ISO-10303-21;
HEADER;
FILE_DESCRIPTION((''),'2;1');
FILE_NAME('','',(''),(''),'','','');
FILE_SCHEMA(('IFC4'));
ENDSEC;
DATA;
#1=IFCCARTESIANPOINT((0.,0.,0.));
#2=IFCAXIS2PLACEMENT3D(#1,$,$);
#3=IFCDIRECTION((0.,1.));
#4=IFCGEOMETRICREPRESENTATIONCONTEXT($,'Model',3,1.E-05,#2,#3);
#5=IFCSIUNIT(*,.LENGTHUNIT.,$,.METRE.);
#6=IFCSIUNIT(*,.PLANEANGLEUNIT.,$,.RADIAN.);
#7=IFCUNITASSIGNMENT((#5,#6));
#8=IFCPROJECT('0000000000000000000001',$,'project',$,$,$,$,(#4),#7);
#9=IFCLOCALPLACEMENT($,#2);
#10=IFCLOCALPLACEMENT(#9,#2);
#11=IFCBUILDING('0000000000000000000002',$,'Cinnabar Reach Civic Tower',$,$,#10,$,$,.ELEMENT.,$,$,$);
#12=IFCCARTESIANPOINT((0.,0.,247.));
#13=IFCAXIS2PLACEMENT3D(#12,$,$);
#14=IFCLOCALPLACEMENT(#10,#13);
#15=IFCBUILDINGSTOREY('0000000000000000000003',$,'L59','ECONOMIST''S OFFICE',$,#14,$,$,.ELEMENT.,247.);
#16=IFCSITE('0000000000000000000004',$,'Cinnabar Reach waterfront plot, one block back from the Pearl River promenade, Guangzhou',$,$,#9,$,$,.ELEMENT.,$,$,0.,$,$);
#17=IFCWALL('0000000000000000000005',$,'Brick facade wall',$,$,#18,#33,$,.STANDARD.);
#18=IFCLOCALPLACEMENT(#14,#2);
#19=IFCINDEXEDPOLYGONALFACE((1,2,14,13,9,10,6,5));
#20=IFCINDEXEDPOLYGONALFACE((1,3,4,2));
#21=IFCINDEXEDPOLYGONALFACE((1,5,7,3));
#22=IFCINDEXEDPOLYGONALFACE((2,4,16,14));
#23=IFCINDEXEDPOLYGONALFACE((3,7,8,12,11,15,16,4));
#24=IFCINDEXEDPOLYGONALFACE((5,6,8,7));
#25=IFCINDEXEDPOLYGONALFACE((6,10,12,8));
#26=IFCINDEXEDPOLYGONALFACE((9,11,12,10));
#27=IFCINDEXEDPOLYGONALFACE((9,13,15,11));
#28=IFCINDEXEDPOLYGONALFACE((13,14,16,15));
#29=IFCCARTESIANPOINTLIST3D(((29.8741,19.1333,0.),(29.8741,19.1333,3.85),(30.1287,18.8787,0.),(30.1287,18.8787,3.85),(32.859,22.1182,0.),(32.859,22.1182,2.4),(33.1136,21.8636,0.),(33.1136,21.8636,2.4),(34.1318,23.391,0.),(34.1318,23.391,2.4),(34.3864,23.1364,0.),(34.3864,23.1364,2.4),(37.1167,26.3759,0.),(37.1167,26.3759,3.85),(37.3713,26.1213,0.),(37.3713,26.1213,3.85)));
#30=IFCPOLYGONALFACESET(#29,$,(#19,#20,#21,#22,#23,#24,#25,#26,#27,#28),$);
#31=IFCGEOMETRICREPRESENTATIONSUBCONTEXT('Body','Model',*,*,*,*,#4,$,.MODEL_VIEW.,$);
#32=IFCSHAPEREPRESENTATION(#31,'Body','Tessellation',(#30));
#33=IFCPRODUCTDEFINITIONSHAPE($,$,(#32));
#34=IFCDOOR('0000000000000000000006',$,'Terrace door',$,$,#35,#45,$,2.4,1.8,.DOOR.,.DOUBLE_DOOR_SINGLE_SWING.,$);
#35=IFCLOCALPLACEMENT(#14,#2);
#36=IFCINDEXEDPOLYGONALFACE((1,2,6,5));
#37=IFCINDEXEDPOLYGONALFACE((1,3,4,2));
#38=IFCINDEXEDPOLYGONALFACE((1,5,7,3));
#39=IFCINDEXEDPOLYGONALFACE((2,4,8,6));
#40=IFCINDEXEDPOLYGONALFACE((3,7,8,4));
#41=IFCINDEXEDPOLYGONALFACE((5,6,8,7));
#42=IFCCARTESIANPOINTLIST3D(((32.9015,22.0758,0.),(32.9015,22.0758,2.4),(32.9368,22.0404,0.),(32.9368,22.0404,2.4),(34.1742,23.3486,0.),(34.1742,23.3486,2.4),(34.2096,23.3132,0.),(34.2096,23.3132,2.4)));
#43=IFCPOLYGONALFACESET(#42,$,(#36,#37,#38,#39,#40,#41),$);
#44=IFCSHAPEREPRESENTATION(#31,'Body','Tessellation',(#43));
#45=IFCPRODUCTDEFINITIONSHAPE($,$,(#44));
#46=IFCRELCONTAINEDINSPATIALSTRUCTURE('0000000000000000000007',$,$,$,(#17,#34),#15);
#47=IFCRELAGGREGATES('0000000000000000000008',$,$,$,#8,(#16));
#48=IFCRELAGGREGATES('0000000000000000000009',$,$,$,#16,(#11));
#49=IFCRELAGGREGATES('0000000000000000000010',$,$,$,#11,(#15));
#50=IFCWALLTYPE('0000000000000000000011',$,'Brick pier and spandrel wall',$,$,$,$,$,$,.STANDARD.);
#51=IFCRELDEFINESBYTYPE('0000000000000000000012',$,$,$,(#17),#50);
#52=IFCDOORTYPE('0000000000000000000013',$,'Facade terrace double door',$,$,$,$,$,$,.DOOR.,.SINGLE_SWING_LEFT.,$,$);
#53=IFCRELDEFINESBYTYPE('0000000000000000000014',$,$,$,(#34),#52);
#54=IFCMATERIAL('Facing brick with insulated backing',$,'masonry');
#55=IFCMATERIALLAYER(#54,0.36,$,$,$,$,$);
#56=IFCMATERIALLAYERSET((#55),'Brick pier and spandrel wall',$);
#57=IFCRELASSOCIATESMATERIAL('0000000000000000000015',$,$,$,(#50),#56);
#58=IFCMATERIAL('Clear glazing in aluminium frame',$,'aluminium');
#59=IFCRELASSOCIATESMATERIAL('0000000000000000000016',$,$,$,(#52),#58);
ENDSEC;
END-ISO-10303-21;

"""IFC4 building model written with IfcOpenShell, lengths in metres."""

from ifc_helpers import new_model, si_unit, direction, frame, frame_2d, origin, place, context, subcontext, project, spatial, rectangle, extrude, material, layer, layer_set, type_object, element, fill, save


model = new_model("IFC4")

# Units and contexts
model_context = context("Model", 3, precision=1e-05, world=origin(), true_north=direction((0.0, 1.0)))
body_context = subcontext(model_context, "Body", "Model", "MODEL_VIEW")
ifc_project = project(units=[si_unit("LENGTHUNIT", "METRE"), si_unit("PLANEANGLEUNIT", "RADIAN")], contexts=[model_context])

# Site, building, storey
site_placement = place(None, origin())
site = spatial("IfcSite", under=ifc_project, at=site_placement, Name="Cinnabar Reach waterfront plot, one block back from the Pearl River promenade, Guangzhou", CompositionType="ELEMENT", RefElevation=0.0)
building_placement = place(site_placement, origin())
building = spatial("IfcBuilding", under=site, at=building_placement, Name="Cinnabar Reach Civic Tower", CompositionType="ELEMENT")
storey_placement = place(building_placement, frame((0.0, 0.0, 247.0)))
storey = spatial("IfcBuildingStorey", under=building, at=storey_placement, Name="L59", Description="ECONOMIST'S OFFICE", CompositionType="ELEMENT", Elevation=247.0)

# Shared definitions
ifc_material_1 = material(Name="Facing brick with insulated backing", Category="masonry")

# Wall, opening, door
ifc_layer_1 = layer(ifc_material_1, 0.36)
ifc_layer_set_1 = layer_set([ifc_layer_1], Name="Brick pier and spandrel wall")
wall_type_1 = type_object("IfcWallType", Name="Brick pier and spandrel wall", PredefinedType="STANDARD", material=ifc_layer_set_1)
wall_1_placement = place(storey_placement, frame((30.0014, 19.006, 0.0), z_axis=(0.0, 0.0, 1.0), x_axis=(0.707107, 0.707107, 0.0)))
wall_1 = element("IfcWall", 1, at=wall_1_placement, inside=storey, type_object=wall_type_1, Name="Brick facade wall", PredefinedType="STANDARD", context=body_context, shape_type="SweptSolid", body=[
    extrude(rectangle(XDim=10.2426, YDim=0.36, at=frame_2d((5.1213, 0.0))), origin(), (0.0, 0.0, 1.0), 3.85),
])
opening_placement = place(wall_1_placement, frame((4.2213, 0.0, 0.0)))
opening = element("IfcOpeningElement", 2, at=opening_placement, cuts=wall_1, PredefinedType="OPENING", context=body_context, shape_type="SweptSolid", body=[
    extrude(rectangle(XDim=1.8, YDim=2.4, at=frame_2d((0.9, 1.2))), frame((0.0, 0.19, 0.0), z_axis=(0.0, -1.0, 0.0), x_axis=(1.0, 0.0, 0.0)), (0.0, 0.0, 1.0), 0.38),
])
ifc_material_2 = material(Name="Clear glazing in aluminium frame", Category="aluminium")
door_type = type_object("IfcDoorType", Name="Facade terrace double door", OperationType="SINGLE_SWING_LEFT", PredefinedType="DOOR", material=ifc_material_2)
door_placement = place(opening_placement, frame((1.8, 0.0, 0.0), z_axis=(0.0, 0.0, 1.0), x_axis=(-1.0, 0.0, 0.0)))
door = element("IfcDoor", 3, at=door_placement, inside=storey, type_object=door_type, Name="Terrace door", OperationType="DOUBLE_DOOR_SINGLE_SWING", OverallHeight=2.4, OverallWidth=1.8, PredefinedType="DOOR", context=body_context, shape_type="SweptSolid", body=[
    extrude(rectangle(XDim=1.8, YDim=2.4, at=frame_2d((0.9, 1.2))), frame((0.0, -0.07, 0.0), z_axis=(0.0, -1.0, 0.0), x_axis=(1.0, 0.0, 0.0)), (0.0, 0.0, 1.0), 0.05),
])
fill(opening, door)

save(model, "model.ifc")
